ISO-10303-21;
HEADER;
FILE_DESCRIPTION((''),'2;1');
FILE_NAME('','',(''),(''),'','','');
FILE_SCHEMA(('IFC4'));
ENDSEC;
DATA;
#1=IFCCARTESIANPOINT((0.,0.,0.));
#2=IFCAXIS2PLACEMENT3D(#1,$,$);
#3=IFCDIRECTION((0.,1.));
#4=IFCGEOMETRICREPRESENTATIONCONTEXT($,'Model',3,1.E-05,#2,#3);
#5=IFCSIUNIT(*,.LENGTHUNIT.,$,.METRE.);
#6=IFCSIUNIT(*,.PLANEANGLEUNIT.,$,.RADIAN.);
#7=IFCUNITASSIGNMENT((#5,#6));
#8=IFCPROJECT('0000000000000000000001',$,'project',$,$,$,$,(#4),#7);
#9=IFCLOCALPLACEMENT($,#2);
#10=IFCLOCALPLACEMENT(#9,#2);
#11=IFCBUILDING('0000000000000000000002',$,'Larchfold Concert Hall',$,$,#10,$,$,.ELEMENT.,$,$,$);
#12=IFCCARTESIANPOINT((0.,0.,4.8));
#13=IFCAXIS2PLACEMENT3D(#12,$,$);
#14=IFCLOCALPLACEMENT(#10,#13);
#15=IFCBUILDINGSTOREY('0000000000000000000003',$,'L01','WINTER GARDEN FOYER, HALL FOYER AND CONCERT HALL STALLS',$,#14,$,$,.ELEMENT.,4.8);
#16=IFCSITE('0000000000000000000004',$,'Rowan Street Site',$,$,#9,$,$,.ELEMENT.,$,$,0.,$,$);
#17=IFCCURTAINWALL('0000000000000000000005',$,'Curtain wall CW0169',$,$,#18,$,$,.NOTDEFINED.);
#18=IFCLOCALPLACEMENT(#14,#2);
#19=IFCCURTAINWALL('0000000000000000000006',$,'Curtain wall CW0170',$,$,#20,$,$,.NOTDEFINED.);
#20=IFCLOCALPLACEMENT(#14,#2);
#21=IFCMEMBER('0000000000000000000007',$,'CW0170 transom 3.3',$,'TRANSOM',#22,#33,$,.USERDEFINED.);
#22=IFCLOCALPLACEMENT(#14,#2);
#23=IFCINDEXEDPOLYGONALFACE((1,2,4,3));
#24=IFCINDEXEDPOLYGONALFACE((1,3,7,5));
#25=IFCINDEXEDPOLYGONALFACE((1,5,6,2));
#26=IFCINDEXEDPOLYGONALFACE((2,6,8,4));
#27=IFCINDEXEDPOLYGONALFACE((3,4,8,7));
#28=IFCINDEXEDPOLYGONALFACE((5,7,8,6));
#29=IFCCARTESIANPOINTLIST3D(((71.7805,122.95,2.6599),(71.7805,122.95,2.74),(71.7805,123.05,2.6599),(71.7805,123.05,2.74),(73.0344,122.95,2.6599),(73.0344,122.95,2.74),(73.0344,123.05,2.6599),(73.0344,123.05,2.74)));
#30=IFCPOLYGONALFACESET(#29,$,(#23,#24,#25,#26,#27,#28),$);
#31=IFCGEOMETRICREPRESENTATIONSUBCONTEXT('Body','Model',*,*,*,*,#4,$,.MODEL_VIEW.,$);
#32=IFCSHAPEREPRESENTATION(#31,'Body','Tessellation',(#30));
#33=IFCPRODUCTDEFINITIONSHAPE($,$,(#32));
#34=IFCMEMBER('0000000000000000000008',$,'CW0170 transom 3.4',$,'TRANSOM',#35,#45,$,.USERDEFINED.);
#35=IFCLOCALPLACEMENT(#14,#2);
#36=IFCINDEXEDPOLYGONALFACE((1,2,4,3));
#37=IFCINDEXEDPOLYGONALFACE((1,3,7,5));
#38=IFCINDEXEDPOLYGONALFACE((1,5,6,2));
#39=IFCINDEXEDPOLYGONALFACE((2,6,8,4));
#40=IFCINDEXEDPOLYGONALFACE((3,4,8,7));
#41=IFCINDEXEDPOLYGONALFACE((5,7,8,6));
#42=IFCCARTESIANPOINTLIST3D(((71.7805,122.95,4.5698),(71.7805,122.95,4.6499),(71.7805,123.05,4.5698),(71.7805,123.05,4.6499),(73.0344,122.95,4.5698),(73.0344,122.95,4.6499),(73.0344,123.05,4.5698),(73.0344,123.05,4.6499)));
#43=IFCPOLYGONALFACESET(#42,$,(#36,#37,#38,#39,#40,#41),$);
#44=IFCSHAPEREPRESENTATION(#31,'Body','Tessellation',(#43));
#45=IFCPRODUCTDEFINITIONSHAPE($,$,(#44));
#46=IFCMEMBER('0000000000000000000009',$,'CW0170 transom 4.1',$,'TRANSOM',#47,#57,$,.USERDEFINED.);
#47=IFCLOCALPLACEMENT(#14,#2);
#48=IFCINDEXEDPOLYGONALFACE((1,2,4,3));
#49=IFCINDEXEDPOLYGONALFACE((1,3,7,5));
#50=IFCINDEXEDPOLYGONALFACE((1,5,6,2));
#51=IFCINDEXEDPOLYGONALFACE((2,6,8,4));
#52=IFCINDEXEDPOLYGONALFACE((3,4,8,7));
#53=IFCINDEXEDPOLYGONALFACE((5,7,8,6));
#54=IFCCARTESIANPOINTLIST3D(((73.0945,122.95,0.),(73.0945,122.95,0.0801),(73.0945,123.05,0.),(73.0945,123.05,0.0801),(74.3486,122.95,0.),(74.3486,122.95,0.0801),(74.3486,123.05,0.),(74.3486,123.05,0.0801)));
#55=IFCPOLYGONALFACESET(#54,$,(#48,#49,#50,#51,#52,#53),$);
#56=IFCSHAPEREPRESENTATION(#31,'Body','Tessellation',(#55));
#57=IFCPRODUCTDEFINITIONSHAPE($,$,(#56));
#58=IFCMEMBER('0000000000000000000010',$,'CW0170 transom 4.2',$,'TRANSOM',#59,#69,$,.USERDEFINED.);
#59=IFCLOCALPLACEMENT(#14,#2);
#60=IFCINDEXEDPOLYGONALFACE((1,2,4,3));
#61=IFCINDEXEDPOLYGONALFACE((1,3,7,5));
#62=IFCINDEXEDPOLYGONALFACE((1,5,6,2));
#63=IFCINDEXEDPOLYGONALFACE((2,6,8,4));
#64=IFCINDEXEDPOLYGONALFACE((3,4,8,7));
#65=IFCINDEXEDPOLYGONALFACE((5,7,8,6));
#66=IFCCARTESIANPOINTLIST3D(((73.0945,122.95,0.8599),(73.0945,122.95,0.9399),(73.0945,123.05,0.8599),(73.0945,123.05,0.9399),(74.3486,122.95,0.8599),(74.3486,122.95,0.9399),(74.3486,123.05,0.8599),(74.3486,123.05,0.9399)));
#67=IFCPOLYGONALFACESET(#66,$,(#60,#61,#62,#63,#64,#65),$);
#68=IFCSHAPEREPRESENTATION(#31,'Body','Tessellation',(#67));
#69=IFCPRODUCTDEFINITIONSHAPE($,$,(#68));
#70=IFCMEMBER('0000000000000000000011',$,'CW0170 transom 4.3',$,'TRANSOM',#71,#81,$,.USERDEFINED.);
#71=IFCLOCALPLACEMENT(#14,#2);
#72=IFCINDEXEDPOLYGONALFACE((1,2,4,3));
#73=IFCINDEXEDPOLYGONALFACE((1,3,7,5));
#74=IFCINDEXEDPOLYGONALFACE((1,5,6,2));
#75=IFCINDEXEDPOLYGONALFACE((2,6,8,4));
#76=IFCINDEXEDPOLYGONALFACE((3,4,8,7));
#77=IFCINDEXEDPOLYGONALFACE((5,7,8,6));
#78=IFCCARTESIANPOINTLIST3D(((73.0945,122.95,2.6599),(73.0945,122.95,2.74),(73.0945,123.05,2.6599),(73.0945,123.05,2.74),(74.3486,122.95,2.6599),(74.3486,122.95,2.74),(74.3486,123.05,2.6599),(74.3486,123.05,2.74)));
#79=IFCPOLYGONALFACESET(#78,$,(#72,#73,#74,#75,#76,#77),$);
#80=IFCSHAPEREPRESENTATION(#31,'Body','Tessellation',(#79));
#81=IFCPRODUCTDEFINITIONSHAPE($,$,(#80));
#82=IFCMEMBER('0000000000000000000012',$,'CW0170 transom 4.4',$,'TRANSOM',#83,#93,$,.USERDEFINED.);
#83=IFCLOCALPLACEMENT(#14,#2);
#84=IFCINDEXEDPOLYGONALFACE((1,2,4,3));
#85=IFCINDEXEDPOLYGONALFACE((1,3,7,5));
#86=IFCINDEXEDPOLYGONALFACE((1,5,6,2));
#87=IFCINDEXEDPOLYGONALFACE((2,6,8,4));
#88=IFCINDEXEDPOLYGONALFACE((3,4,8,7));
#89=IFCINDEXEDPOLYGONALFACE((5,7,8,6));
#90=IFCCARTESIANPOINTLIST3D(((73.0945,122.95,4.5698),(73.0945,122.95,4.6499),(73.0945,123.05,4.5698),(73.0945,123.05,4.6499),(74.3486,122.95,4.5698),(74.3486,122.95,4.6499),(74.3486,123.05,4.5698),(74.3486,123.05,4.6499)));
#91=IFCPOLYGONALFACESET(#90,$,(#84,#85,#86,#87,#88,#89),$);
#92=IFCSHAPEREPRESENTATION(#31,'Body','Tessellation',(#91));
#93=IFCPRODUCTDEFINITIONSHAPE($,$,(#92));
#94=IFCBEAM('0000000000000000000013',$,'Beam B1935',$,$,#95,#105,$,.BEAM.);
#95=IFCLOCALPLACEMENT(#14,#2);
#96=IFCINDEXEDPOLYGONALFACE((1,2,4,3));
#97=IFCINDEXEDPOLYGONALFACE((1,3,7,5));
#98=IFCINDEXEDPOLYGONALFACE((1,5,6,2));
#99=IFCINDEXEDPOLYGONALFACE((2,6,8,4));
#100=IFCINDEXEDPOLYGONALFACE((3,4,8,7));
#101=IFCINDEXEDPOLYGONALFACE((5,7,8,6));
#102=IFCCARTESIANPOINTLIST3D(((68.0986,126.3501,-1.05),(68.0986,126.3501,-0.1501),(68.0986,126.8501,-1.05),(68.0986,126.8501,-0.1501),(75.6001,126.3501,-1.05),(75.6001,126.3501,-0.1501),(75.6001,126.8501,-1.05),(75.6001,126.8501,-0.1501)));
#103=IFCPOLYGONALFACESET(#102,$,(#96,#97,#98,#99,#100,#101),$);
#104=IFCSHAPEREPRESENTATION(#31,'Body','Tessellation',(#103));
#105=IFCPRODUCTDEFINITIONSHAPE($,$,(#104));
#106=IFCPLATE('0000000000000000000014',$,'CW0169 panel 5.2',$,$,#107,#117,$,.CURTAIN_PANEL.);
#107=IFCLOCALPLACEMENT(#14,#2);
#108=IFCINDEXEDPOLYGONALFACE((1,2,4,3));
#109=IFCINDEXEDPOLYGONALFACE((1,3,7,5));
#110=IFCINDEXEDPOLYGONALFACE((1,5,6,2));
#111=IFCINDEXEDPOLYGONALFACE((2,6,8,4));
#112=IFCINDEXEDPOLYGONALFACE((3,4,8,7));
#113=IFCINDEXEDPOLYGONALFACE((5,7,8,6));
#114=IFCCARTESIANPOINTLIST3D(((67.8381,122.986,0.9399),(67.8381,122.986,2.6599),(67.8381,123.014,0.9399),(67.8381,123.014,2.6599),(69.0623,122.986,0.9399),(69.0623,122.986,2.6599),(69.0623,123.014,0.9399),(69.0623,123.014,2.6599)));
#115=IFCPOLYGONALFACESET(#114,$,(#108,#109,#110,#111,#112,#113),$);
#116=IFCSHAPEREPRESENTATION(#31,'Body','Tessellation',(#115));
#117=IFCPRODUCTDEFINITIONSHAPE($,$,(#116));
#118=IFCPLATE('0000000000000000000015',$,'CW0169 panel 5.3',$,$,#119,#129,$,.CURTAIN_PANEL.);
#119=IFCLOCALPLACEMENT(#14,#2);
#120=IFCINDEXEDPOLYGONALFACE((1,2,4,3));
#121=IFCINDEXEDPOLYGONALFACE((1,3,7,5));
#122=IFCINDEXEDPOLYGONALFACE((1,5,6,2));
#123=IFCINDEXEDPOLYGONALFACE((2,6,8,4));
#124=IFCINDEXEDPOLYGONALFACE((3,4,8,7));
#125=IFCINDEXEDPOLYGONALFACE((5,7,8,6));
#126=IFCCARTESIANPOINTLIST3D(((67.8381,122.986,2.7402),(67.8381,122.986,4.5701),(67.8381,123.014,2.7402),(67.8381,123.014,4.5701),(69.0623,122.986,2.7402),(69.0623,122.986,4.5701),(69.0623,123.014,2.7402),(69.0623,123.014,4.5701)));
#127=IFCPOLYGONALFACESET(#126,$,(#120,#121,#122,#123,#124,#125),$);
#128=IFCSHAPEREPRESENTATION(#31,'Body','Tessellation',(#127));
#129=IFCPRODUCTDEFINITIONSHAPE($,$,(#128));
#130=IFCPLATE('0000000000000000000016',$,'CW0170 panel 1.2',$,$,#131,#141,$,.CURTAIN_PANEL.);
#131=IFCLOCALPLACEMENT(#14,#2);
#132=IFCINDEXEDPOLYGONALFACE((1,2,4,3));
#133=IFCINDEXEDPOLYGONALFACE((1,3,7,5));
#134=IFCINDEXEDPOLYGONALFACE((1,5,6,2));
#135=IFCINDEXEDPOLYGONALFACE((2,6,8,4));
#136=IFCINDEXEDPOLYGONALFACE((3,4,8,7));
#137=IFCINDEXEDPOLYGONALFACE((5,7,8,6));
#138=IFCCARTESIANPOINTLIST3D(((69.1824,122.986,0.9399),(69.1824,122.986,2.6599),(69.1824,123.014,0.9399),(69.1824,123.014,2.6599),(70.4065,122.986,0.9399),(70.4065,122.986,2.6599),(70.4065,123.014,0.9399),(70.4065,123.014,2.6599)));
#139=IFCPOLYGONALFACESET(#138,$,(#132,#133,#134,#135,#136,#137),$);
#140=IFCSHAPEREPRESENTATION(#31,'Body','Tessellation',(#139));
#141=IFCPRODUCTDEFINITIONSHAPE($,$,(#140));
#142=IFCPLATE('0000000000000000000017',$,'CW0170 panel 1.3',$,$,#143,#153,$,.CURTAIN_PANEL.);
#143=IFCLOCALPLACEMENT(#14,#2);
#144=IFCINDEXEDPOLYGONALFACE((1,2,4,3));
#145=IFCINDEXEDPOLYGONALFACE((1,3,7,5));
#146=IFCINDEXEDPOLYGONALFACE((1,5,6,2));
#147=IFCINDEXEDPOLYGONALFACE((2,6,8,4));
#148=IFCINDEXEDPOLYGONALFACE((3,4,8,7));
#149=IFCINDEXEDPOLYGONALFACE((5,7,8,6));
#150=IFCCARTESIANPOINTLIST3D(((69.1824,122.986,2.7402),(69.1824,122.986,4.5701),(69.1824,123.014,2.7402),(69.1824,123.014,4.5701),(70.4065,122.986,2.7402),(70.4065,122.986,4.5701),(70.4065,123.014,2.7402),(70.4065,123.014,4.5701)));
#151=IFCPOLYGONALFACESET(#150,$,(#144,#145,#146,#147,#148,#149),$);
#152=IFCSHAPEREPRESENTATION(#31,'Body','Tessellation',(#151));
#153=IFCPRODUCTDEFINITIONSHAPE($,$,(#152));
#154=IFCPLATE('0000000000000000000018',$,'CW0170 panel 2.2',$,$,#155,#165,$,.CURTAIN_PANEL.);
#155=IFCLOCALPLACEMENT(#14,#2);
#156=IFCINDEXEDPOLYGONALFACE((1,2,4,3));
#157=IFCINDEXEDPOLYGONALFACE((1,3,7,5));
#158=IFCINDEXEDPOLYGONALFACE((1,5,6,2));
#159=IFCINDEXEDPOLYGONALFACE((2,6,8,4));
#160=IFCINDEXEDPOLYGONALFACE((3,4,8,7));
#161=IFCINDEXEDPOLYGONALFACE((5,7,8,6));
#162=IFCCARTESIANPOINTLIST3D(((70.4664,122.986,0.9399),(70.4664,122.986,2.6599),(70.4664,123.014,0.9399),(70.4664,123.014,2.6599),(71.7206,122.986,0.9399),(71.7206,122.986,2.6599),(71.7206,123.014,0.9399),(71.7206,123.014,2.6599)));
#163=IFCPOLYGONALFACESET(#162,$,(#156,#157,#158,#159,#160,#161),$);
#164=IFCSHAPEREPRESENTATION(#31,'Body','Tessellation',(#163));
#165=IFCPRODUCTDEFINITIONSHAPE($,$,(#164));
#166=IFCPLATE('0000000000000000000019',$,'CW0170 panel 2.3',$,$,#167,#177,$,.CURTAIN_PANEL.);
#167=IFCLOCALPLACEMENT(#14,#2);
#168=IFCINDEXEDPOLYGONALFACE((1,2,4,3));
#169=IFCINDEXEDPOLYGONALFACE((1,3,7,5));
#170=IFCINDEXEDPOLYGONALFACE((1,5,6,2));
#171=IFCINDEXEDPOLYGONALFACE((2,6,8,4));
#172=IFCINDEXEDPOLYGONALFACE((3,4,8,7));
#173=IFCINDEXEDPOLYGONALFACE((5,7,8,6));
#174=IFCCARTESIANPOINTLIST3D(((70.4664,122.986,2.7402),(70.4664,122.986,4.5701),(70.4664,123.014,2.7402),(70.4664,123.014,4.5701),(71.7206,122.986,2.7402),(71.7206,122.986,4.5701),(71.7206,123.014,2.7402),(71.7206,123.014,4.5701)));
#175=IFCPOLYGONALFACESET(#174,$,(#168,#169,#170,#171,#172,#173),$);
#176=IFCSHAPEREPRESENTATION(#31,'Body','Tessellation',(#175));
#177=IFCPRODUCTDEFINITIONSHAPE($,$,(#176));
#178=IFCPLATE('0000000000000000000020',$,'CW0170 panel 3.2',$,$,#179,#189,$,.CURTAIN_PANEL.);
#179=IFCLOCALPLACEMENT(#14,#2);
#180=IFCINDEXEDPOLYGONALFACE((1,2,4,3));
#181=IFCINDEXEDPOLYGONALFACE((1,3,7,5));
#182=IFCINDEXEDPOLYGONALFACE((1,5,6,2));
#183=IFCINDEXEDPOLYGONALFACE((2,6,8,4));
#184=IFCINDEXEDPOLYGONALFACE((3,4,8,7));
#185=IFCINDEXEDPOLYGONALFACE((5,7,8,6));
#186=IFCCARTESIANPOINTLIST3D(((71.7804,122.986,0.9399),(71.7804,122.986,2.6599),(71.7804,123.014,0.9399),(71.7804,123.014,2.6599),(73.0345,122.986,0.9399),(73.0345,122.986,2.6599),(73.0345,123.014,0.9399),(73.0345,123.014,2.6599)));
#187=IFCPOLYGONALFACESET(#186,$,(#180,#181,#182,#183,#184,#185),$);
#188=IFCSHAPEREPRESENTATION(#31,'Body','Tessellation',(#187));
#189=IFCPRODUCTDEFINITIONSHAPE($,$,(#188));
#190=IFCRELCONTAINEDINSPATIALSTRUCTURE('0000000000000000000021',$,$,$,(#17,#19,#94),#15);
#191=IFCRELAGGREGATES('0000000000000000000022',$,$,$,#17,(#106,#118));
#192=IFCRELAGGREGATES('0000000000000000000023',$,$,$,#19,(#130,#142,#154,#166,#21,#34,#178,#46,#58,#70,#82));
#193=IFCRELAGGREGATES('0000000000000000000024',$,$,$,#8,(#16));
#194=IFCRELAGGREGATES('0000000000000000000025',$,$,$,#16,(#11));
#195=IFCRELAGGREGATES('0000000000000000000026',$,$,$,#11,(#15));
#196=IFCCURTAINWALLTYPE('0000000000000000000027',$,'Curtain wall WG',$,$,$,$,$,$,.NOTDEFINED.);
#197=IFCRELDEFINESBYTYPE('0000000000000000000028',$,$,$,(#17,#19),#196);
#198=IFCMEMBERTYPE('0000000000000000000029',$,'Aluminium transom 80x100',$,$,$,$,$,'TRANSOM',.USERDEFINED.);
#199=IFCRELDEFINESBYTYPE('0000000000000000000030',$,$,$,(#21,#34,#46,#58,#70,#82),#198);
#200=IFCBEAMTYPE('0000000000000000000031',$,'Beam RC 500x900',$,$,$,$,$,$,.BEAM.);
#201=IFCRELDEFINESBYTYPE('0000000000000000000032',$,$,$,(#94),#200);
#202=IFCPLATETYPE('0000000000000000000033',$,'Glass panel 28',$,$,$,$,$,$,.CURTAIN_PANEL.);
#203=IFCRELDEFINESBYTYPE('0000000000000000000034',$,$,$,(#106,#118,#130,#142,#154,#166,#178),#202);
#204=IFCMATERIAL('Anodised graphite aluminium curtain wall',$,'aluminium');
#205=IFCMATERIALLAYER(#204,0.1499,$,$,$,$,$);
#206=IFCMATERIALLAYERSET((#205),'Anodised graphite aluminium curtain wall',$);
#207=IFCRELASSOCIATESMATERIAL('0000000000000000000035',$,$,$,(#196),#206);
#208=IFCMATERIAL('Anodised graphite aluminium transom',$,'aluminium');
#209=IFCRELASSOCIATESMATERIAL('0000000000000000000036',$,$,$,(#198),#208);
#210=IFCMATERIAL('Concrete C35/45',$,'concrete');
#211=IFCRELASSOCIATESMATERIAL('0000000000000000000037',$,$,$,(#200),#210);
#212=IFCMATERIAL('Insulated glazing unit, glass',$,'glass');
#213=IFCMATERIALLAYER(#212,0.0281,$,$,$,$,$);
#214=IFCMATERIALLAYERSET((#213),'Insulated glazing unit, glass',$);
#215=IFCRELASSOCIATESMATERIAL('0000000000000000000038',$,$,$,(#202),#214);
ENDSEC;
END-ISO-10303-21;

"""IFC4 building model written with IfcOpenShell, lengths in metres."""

from ifc_helpers import new_model, si_unit, direction, frame, origin, origin_2d, place, context, subcontext, project, spatial, rectangle, extrude, material, layer, layer_set, material_profile, profile_set, type_object, element, aggregate, save


model = new_model("IFC4")

# Units and contexts
model_context = context("Model", 3, precision=1e-05, world=origin(), true_north=direction((0.0, 1.0)))
body_context = subcontext(model_context, "Body", "Model", "MODEL_VIEW")
ifc_project = project(units=[si_unit("LENGTHUNIT", "METRE"), si_unit("PLANEANGLEUNIT", "RADIAN")], contexts=[model_context])

# Site, building, storey
site_placement = place(None, origin())
site = spatial("IfcSite", under=ifc_project, at=site_placement, Name="Rowan Street Site", CompositionType="ELEMENT", RefElevation=0.0)
building_placement = place(site_placement, origin())
building = spatial("IfcBuilding", under=site, at=building_placement, Name="Larchfold Concert Hall", CompositionType="ELEMENT")
storey_placement = place(building_placement, frame((0.0, 0.0, 4.8)))
storey = spatial("IfcBuildingStorey", under=building, at=storey_placement, Name="L01", Description="WINTER GARDEN FOYER, HALL FOYER AND CONCERT HALL STALLS", CompositionType="ELEMENT", Elevation=4.8)

# Curtain wall
ifc_material_1 = material(Name="Anodised graphite aluminium curtain wall", Category="aluminium")
ifc_layer_1 = layer(ifc_material_1, 0.1499)
ifc_layer_set_1 = layer_set([ifc_layer_1], Name="Anodised graphite aluminium curtain wall")
curtain_wall_type = type_object("IfcCurtainWallType", Name="Curtain wall WG", PredefinedType="NOTDEFINED", material=ifc_layer_set_1)
curtain_wall_1_placement = place(storey_placement, origin())
curtain_wall_1 = element("IfcCurtainWall", 1, at=curtain_wall_1_placement, inside=storey, type_object=curtain_wall_type, Name="Curtain wall CW0169", PredefinedType="NOTDEFINED")

# Curtain wall, members
curtain_wall_2_placement = place(storey_placement, origin())
curtain_wall_2 = element("IfcCurtainWall", 2, at=curtain_wall_2_placement, inside=storey, type_object=curtain_wall_type, Name="Curtain wall CW0170", PredefinedType="NOTDEFINED")
ifc_material_2 = material(Name="Anodised graphite aluminium transom", Category="aluminium")
ifc_material_profile_1 = material_profile(ifc_material_2, rectangle(XDim=0.1001, YDim=0.0801, at=origin_2d()))
ifc_profile_set_1 = profile_set([ifc_material_profile_1], Name="Anodised graphite aluminium transom")
member_type_1 = type_object("IfcMemberType", Name="Aluminium transom 80x100", ElementType="TRANSOM", PredefinedType="USERDEFINED", material=ifc_profile_set_1)
member_1_placement = place(storey_placement, frame((71.7805, 123.0, 2.7), z_axis=(1.0, 0.0, 0.0), x_axis=(0.0, 1.0, 0.0)))
member_1 = element("IfcMember", 3, at=member_1_placement, type_object=member_type_1, Name="CW0170 transom 3.3", ObjectType="TRANSOM", PredefinedType="USERDEFINED", context=body_context, shape_type="SweptSolid", body=[
    extrude(rectangle(XDim=0.1001, YDim=0.0801, at=origin_2d()), origin(), (0.0, 0.0, 1.0), 1.2539),
])
member_2_placement = place(storey_placement, frame((71.7805, 123.0, 4.6099), z_axis=(1.0, 0.0, 0.0), x_axis=(0.0, 1.0, 0.0)))
member_2 = element("IfcMember", 4, at=member_2_placement, type_object=member_type_1, Name="CW0170 transom 3.4", ObjectType="TRANSOM", PredefinedType="USERDEFINED", context=body_context, shape_type="SweptSolid", body=[
    extrude(rectangle(XDim=0.1001, YDim=0.0801, at=origin_2d()), origin(), (0.0, 0.0, 1.0), 1.2539),
])
member_3_placement = place(storey_placement, frame((73.0945, 123.0, 0.04), z_axis=(1.0, 0.0, 0.0), x_axis=(0.0, 1.0, 0.0)))
member_3 = element("IfcMember", 5, at=member_3_placement, type_object=member_type_1, Name="CW0170 transom 4.1", ObjectType="TRANSOM", PredefinedType="USERDEFINED", context=body_context, shape_type="SweptSolid", body=[
    extrude(rectangle(XDim=0.1001, YDim=0.0801, at=origin_2d()), origin(), (0.0, 0.0, 1.0), 1.2542),
])
member_4_placement = place(storey_placement, frame((73.0945, 123.0, 0.8999), z_axis=(1.0, 0.0, 0.0), x_axis=(0.0, 1.0, 0.0)))
member_4 = element("IfcMember", 6, at=member_4_placement, type_object=member_type_1, Name="CW0170 transom 4.2", ObjectType="TRANSOM", PredefinedType="USERDEFINED", context=body_context, shape_type="SweptSolid", body=[
    extrude(rectangle(XDim=0.1001, YDim=0.0801, at=origin_2d()), origin(), (0.0, 0.0, 1.0), 1.2542),
])
member_5_placement = place(storey_placement, frame((73.0945, 123.0, 2.7), z_axis=(1.0, 0.0, 0.0), x_axis=(0.0, 1.0, 0.0)))
member_5 = element("IfcMember", 7, at=member_5_placement, type_object=member_type_1, Name="CW0170 transom 4.3", ObjectType="TRANSOM", PredefinedType="USERDEFINED", context=body_context, shape_type="SweptSolid", body=[
    extrude(rectangle(XDim=0.1001, YDim=0.0801, at=origin_2d()), origin(), (0.0, 0.0, 1.0), 1.2542),
])
member_6_placement = place(storey_placement, frame((73.0945, 123.0, 4.6099), z_axis=(1.0, 0.0, 0.0), x_axis=(0.0, 1.0, 0.0)))
member_6 = element("IfcMember", 8, at=member_6_placement, type_object=member_type_1, Name="CW0170 transom 4.4", ObjectType="TRANSOM", PredefinedType="USERDEFINED", context=body_context, shape_type="SweptSolid", body=[
    extrude(rectangle(XDim=0.1001, YDim=0.0801, at=origin_2d()), origin(), (0.0, 0.0, 1.0), 1.2542),
])

# Beam
ifc_material_3 = material(Name="Concrete C35/45", Category="concrete")
ifc_material_profile_2 = material_profile(ifc_material_3, rectangle(XDim=0.5, YDim=0.8999, at=origin_2d()))
ifc_profile_set_2 = profile_set([ifc_material_profile_2], Name="Concrete C35/45")
beam_type = type_object("IfcBeamType", Name="Beam RC 500x900", PredefinedType="BEAM", material=ifc_profile_set_2)
beam_placement = place(storey_placement, frame((68.0986, 126.6001, -0.6001), z_axis=(1.0, 0.0, 0.0), x_axis=(0.0, 1.0, 0.0)))
element("IfcBeam", 9, at=beam_placement, inside=storey, type_object=beam_type, Name="Beam B1935", PredefinedType="BEAM", context=body_context, shape_type="SweptSolid", body=[
    extrude(rectangle(XDim=0.5, YDim=0.8999, at=origin_2d()), origin(), (0.0, 0.0, 1.0), 7.5015),
])

# Plates
ifc_material_4 = material(Name="Insulated glazing unit, glass", Category="glass")
ifc_layer_2 = layer(ifc_material_4, 0.0281)
ifc_layer_set_2 = layer_set([ifc_layer_2], Name="Insulated glazing unit, glass")
plate_type_1 = type_object("IfcPlateType", Name="Glass panel 28", PredefinedType="CURTAIN_PANEL", material=ifc_layer_set_2)
plate_1_placement = place(storey_placement, frame((68.4502, 123.0, 0.9399), z_axis=(0.0, 0.0, 1.0), x_axis=(1.0, 0.0, 0.0)))
plate_1 = element("IfcPlate", 10, at=plate_1_placement, type_object=plate_type_1, Name="CW0169 panel 5.2", PredefinedType="CURTAIN_PANEL", context=body_context, shape_type="SweptSolid", body=[
    extrude(rectangle(XDim=1.2241, YDim=0.0281, at=origin_2d()), origin(), (0.0, 0.0, 1.0), 1.72),
])
plate_2_placement = place(storey_placement, frame((68.4502, 123.0, 2.7402), z_axis=(0.0, 0.0, 1.0), x_axis=(1.0, 0.0, 0.0)))
plate_2 = element("IfcPlate", 11, at=plate_2_placement, type_object=plate_type_1, Name="CW0169 panel 5.3", PredefinedType="CURTAIN_PANEL", context=body_context, shape_type="SweptSolid", body=[
    extrude(rectangle(XDim=1.2241, YDim=0.0281, at=origin_2d()), origin(), (0.0, 0.0, 1.0), 1.8298),
])
plate_3_placement = place(storey_placement, frame((69.7944, 123.0, 0.9399), z_axis=(0.0, 0.0, 1.0), x_axis=(1.0, 0.0, 0.0)))
plate_3 = element("IfcPlate", 12, at=plate_3_placement, type_object=plate_type_1, Name="CW0170 panel 1.2", PredefinedType="CURTAIN_PANEL", context=body_context, shape_type="SweptSolid", body=[
    extrude(rectangle(XDim=1.2241, YDim=0.0281, at=origin_2d()), origin(), (0.0, 0.0, 1.0), 1.72),
])
plate_4_placement = place(storey_placement, frame((69.7944, 123.0, 2.7402), z_axis=(0.0, 0.0, 1.0), x_axis=(1.0, 0.0, 0.0)))
plate_4 = element("IfcPlate", 13, at=plate_4_placement, type_object=plate_type_1, Name="CW0170 panel 1.3", PredefinedType="CURTAIN_PANEL", context=body_context, shape_type="SweptSolid", body=[
    extrude(rectangle(XDim=1.2241, YDim=0.0281, at=origin_2d()), origin(), (0.0, 0.0, 1.0), 1.8298),
])
plate_5_placement = place(storey_placement, frame((71.0935, 123.0, 0.9399), z_axis=(0.0, 0.0, 1.0), x_axis=(1.0, 0.0, 0.0)))
plate_5 = element("IfcPlate", 14, at=plate_5_placement, type_object=plate_type_1, Name="CW0170 panel 2.2", PredefinedType="CURTAIN_PANEL", context=body_context, shape_type="SweptSolid", body=[
    extrude(rectangle(XDim=1.2542, YDim=0.0281, at=origin_2d()), origin(), (0.0, 0.0, 1.0), 1.72),
])
plate_6_placement = place(storey_placement, frame((71.0935, 123.0, 2.7402), z_axis=(0.0, 0.0, 1.0), x_axis=(1.0, 0.0, 0.0)))
plate_6 = element("IfcPlate", 15, at=plate_6_placement, type_object=plate_type_1, Name="CW0170 panel 2.3", PredefinedType="CURTAIN_PANEL", context=body_context, shape_type="SweptSolid", body=[
    extrude(rectangle(XDim=1.2542, YDim=0.0281, at=origin_2d()), origin(), (0.0, 0.0, 1.0), 1.8298),
])
plate_7_placement = place(storey_placement, frame((72.4075, 123.0, 0.9399), z_axis=(0.0, 0.0, 1.0), x_axis=(1.0, 0.0, 0.0)))
plate_7 = element("IfcPlate", 16, at=plate_7_placement, type_object=plate_type_1, Name="CW0170 panel 3.2", PredefinedType="CURTAIN_PANEL", context=body_context, shape_type="SweptSolid", body=[
    extrude(rectangle(XDim=1.2542, YDim=0.0281, at=origin_2d()), origin(), (0.0, 0.0, 1.0), 1.72),
])
aggregate(curtain_wall_1, [plate_1, plate_2])
aggregate(curtain_wall_2, [plate_3, plate_4, plate_5, plate_6, member_1, member_2, plate_7, member_3, member_4, member_5, member_6])

save(model, "model.ifc")
